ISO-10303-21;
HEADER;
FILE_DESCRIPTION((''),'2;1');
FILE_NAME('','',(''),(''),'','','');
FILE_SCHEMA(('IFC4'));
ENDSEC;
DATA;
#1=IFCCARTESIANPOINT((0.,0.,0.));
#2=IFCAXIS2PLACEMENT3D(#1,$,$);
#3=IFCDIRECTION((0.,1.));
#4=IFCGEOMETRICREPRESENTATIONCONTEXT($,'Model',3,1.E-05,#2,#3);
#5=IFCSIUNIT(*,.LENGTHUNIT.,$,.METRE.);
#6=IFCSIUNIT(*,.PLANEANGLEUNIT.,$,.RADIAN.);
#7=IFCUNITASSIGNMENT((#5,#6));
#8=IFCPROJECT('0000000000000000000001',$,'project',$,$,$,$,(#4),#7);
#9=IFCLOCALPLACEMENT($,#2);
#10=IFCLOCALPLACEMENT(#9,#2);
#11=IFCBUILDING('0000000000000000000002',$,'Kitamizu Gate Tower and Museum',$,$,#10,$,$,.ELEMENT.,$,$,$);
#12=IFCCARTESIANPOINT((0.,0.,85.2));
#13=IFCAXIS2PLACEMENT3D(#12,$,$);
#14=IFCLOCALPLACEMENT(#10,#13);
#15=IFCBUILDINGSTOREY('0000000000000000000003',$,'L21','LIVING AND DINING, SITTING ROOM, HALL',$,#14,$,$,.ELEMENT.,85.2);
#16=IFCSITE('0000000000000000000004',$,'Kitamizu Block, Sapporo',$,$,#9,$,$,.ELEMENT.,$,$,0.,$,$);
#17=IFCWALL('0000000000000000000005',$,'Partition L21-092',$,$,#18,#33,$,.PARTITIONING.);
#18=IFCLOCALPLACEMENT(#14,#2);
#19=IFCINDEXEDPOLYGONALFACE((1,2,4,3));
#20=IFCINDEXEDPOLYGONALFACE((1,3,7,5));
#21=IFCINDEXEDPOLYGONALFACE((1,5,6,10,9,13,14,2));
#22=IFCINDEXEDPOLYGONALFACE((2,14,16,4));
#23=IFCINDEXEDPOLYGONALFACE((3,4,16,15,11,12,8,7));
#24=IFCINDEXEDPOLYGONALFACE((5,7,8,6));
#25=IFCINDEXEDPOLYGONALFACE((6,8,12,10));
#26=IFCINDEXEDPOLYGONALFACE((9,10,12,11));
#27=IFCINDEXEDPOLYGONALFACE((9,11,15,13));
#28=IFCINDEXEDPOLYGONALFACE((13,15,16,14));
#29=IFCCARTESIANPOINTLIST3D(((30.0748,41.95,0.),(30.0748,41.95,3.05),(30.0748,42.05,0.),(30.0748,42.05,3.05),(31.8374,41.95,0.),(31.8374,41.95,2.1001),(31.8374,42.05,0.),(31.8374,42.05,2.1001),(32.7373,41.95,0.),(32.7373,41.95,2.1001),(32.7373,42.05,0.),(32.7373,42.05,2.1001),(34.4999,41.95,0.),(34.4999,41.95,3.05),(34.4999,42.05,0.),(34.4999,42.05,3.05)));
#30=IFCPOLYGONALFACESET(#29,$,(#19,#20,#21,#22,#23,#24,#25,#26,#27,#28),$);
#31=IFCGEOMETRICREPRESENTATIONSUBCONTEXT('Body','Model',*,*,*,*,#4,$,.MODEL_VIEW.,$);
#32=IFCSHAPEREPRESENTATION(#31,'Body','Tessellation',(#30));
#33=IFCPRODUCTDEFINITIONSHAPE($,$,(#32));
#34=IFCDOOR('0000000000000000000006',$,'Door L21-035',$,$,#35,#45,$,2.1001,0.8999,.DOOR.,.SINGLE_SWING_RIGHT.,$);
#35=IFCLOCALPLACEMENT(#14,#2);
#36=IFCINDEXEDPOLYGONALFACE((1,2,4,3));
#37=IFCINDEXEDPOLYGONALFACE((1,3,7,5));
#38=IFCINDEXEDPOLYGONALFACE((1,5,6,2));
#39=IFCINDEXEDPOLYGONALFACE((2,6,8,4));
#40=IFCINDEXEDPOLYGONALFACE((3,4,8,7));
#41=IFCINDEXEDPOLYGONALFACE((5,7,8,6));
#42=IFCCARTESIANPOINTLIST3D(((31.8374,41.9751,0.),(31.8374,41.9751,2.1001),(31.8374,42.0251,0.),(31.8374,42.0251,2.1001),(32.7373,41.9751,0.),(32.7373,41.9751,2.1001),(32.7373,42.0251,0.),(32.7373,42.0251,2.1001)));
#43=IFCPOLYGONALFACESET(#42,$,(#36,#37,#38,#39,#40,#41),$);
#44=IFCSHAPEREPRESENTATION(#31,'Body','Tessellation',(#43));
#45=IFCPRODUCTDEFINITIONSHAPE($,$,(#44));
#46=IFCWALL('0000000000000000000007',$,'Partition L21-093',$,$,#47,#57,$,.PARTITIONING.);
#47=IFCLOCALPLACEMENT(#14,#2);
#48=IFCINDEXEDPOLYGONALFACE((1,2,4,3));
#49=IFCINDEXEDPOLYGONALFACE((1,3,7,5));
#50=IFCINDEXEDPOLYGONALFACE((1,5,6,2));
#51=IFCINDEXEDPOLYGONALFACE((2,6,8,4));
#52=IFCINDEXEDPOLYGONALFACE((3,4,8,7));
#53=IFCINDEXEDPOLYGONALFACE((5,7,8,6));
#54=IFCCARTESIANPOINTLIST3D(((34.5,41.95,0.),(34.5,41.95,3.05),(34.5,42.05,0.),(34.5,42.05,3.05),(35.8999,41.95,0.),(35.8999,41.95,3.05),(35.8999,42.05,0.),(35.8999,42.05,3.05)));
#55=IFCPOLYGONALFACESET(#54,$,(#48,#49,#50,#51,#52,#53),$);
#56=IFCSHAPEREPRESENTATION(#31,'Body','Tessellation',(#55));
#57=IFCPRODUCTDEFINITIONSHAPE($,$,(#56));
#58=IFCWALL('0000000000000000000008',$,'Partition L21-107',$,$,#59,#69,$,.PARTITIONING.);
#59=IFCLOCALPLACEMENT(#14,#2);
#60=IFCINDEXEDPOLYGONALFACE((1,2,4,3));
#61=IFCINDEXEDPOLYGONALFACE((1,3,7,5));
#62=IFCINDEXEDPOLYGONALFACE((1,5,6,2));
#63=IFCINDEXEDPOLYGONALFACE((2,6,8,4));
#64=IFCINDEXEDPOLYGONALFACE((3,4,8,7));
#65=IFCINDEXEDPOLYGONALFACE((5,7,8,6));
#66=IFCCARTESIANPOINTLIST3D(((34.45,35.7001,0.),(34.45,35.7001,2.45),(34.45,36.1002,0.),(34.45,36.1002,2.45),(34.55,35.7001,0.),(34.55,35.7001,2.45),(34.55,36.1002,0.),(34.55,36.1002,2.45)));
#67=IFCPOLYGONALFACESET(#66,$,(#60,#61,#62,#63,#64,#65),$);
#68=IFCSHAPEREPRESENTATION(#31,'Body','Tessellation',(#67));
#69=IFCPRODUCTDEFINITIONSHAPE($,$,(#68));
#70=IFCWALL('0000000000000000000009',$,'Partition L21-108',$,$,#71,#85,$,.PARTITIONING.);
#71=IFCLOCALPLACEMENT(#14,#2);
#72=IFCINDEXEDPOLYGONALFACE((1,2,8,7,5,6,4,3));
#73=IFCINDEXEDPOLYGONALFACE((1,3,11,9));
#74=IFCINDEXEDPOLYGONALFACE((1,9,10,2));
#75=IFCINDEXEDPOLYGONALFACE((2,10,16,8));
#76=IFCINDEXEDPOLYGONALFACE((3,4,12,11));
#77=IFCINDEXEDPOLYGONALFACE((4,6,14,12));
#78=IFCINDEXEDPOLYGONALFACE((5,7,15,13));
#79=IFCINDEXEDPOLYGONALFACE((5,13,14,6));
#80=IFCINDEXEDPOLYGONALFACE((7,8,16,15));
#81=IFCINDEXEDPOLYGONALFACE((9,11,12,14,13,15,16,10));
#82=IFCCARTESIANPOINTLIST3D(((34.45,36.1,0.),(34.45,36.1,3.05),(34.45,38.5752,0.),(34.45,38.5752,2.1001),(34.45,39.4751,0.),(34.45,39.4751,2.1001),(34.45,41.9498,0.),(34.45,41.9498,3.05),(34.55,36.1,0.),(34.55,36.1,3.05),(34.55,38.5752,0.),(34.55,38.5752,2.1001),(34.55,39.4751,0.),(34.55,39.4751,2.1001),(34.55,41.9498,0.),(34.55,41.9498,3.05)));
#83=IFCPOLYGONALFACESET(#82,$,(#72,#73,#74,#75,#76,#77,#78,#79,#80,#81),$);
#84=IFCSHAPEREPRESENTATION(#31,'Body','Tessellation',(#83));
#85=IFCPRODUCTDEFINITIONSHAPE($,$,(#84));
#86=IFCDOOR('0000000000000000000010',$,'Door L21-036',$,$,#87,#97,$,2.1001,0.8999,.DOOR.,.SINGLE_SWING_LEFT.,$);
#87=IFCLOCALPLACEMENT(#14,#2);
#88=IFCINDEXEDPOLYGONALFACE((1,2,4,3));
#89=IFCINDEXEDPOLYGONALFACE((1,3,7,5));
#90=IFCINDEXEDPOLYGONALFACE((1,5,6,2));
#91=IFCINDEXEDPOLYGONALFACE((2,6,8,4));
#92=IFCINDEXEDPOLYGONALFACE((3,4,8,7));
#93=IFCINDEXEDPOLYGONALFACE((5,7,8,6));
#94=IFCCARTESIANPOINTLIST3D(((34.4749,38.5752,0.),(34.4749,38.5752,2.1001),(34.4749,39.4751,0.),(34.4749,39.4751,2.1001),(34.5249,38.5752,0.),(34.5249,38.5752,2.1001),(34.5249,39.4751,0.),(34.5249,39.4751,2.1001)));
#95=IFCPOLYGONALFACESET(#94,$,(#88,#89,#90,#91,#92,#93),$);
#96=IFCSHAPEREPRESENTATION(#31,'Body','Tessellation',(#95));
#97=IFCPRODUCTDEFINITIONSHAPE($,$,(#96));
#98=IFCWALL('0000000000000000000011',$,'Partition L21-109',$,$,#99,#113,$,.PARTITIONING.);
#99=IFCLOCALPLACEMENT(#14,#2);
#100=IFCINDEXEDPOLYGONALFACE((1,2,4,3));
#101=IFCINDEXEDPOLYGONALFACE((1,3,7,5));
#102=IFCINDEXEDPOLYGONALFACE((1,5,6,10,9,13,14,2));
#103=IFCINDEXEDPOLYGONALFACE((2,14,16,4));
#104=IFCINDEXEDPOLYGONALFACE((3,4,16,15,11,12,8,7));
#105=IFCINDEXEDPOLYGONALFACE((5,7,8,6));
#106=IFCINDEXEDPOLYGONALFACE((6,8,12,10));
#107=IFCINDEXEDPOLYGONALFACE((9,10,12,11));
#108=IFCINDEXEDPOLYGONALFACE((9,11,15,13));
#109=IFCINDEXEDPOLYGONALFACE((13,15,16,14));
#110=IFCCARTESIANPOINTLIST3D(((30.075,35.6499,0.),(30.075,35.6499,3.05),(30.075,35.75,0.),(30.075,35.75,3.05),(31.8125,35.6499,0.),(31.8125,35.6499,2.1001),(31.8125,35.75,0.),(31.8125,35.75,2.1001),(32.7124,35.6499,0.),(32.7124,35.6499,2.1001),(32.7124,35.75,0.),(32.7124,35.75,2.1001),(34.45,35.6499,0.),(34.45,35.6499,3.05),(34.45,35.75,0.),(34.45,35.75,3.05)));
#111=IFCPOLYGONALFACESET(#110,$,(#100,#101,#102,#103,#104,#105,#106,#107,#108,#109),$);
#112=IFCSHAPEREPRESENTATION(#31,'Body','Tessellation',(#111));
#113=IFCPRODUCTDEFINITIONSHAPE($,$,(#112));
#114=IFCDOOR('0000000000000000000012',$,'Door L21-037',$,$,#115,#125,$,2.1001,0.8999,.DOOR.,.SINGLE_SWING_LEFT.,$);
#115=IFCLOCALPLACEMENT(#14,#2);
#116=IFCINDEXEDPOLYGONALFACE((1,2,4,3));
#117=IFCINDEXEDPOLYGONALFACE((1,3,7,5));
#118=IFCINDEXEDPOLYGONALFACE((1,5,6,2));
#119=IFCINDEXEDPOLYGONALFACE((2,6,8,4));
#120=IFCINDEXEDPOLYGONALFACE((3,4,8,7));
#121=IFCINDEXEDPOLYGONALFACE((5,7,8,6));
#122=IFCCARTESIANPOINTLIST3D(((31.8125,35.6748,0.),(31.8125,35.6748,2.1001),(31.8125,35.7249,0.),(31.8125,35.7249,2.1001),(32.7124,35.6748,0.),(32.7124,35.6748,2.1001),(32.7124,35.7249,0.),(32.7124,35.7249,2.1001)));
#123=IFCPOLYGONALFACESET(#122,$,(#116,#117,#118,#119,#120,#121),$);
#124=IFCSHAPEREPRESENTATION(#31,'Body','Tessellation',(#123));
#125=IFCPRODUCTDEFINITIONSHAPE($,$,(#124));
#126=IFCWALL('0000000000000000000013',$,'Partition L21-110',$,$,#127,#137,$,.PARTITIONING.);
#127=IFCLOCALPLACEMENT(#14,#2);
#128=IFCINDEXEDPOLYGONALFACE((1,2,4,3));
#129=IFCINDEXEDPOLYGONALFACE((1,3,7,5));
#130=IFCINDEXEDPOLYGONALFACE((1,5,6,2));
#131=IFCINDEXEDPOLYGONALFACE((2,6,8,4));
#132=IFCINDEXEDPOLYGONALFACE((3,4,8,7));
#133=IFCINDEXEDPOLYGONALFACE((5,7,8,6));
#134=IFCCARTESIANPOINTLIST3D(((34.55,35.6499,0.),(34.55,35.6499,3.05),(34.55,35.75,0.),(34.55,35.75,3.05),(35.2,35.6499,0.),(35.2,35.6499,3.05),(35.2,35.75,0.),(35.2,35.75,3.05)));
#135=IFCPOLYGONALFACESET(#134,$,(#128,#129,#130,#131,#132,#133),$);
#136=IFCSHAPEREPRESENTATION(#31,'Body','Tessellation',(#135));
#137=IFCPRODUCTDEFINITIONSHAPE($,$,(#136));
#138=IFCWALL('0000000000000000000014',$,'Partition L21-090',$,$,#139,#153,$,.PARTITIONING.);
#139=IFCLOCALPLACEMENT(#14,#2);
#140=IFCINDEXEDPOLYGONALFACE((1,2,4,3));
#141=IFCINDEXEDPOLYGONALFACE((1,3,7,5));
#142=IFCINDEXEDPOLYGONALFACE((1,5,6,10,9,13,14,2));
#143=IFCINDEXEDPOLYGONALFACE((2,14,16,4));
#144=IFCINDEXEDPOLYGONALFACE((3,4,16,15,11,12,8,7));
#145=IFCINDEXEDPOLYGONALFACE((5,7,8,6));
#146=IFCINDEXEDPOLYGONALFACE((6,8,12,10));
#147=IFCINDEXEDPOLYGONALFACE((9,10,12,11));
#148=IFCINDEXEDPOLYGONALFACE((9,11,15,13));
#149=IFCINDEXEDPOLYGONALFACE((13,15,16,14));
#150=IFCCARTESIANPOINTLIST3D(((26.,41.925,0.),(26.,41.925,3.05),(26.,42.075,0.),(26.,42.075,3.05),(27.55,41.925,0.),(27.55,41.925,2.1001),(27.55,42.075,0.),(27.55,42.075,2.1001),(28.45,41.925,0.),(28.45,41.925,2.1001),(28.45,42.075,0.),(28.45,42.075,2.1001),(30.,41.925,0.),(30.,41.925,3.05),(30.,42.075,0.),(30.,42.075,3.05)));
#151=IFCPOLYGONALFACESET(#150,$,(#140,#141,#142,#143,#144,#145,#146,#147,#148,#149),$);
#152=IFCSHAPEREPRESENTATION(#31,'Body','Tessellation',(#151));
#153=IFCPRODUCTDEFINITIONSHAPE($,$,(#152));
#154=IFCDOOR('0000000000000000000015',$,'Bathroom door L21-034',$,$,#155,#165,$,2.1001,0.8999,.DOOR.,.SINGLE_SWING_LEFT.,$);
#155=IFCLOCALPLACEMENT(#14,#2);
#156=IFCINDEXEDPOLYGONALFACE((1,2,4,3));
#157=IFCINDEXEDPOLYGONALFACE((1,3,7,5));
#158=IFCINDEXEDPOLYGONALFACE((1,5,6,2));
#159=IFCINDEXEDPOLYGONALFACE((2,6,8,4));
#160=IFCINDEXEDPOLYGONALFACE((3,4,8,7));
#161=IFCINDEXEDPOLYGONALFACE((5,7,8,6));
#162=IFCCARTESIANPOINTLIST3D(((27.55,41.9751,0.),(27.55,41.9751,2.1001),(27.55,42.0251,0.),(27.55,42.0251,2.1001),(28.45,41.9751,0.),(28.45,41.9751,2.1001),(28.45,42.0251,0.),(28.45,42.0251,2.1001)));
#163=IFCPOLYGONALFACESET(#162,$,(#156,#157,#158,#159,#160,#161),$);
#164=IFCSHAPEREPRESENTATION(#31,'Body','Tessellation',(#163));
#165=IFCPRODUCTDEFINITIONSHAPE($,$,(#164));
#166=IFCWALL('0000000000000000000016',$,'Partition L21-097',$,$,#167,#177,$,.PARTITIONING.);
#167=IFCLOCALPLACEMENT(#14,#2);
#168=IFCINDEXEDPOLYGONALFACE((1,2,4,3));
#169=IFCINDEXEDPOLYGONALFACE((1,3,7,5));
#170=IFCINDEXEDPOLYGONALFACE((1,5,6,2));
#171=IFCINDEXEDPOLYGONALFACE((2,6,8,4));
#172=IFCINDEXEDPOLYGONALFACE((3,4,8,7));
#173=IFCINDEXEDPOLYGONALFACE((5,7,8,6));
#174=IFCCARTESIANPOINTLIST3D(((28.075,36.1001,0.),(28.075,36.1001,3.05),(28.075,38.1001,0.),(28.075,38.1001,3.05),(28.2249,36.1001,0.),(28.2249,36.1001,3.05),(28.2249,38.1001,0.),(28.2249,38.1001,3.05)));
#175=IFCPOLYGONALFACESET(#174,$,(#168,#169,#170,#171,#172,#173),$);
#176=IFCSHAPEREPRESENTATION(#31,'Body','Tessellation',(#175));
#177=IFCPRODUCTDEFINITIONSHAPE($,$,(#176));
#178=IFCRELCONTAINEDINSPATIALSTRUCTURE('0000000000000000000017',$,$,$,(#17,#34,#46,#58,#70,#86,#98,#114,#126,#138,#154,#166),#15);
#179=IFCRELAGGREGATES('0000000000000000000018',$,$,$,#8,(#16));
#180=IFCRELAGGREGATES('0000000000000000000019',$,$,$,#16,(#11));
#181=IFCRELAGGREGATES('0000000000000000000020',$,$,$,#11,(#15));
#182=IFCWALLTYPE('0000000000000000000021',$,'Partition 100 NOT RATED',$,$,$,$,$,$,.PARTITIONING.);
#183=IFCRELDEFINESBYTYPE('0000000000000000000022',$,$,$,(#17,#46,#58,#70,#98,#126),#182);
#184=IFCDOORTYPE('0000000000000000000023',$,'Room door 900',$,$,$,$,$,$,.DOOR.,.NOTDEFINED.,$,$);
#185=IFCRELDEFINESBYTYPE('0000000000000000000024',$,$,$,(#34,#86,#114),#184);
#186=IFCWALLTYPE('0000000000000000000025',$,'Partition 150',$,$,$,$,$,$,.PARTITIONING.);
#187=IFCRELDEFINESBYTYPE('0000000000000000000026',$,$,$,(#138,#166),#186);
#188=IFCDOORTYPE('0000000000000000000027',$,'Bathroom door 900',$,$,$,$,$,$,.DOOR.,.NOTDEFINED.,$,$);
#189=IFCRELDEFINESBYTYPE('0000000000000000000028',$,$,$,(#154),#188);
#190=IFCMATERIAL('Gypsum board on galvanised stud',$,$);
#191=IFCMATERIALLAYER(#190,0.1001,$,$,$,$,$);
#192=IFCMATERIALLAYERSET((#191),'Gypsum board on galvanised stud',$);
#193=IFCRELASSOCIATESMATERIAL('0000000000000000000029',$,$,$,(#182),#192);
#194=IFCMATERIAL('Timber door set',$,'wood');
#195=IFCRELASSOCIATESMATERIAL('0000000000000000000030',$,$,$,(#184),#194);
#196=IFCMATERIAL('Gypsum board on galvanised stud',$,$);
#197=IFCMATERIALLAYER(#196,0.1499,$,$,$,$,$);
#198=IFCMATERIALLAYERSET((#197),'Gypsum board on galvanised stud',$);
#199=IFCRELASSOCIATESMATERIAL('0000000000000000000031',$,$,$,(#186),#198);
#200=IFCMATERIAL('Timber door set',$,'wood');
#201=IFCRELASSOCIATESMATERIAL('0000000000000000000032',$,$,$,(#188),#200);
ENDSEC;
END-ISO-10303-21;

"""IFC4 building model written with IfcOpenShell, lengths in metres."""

from ifc_helpers import new_model, si_unit, direction, frame, frame_2d, origin, place, context, subcontext, project, spatial, rectangle, extrude, material, layer, layer_set, type_object, element, fill, save


model = new_model("IFC4")

# Units and contexts
model_context = context("Model", 3, precision=1e-05, world=origin(), true_north=direction((0.0, 1.0)))
body_context = subcontext(model_context, "Body", "Model", "MODEL_VIEW")
ifc_project = project(units=[si_unit("LENGTHUNIT", "METRE"), si_unit("PLANEANGLEUNIT", "RADIAN")], contexts=[model_context])

# Site, building, storey
site_placement = place(None, origin())
site = spatial("IfcSite", under=ifc_project, at=site_placement, Name="Kitamizu Block, Sapporo", CompositionType="ELEMENT", RefElevation=0.0)
building_placement = place(site_placement, origin())
building = spatial("IfcBuilding", under=site, at=building_placement, Name="Kitamizu Gate Tower and Museum", CompositionType="ELEMENT")
storey_placement = place(building_placement, frame((0.0, 0.0, 85.2)))
storey = spatial("IfcBuildingStorey", under=building, at=storey_placement, Name="L21", Description="LIVING AND DINING, SITTING ROOM, HALL", CompositionType="ELEMENT", Elevation=85.2)

# Wall, opening, door
ifc_material_1 = material(Name="Gypsum board on galvanised stud")
ifc_layer_1 = layer(ifc_material_1, 0.1001)
ifc_layer_set_1 = layer_set([ifc_layer_1], Name="Gypsum board on galvanised stud")
wall_type_1 = type_object("IfcWallType", Name="Partition 100 NOT RATED", PredefinedType="PARTITIONING", material=ifc_layer_set_1)
ifc_material_2 = material(Name="Timber door set", Category="wood")
door_type_1 = type_object("IfcDoorType", Name="Room door 900", OperationType="NOTDEFINED", PredefinedType="DOOR", material=ifc_material_2)
wall_1_placement = place(storey_placement, frame((30.075, 42.0, 0.0), z_axis=(0.0, 0.0, 1.0), x_axis=(1.0, 0.0, 0.0)))
wall_1 = element("IfcWall", 1, at=wall_1_placement, inside=storey, type_object=wall_type_1, Name="Partition L21-092", PredefinedType="PARTITIONING", context=body_context, shape_type="SweptSolid", body=[
    extrude(rectangle(XDim=4.425, YDim=0.1001, at=frame_2d((2.2124, 0.0))), origin(), (0.0, 0.0, 1.0), 3.05),
])
opening_1_placement = place(wall_1_placement, frame((1.7625, 0.0, 0.0)))
opening_1 = element("IfcOpeningElement", 2, at=opening_1_placement, cuts=wall_1, PredefinedType="OPENING", context=body_context, shape_type="SweptSolid", body=[
    extrude(rectangle(XDim=0.8999, YDim=2.1001, at=frame_2d((0.45, 1.05))), frame((0.0, 0.0601, 0.0), z_axis=(0.0, -1.0, 0.0), x_axis=(1.0, 0.0, 0.0)), (0.0, 0.0, 1.0), 0.1201),
])
door_1_placement = place(opening_1_placement, frame((0.8999, 0.0, 0.0), x_axis=(-1.0, 0.0, 0.0)))
door_1 = element("IfcDoor", 3, at=door_1_placement, inside=storey, type_object=door_type_1, Name="Door L21-035", OperationType="SINGLE_SWING_RIGHT", OverallHeight=2.1001, OverallWidth=0.8999, PredefinedType="DOOR", context=body_context, shape_type="SweptSolid", body=[
    extrude(rectangle(XDim=0.8999, YDim=2.1001, at=frame_2d((0.45, 1.05))), frame((0.0, 0.0249, 0.0), z_axis=(0.0, -1.0, 0.0), x_axis=(1.0, 0.0, 0.0)), (0.0, 0.0, 1.0), 0.05),
])
fill(opening_1, door_1)

# Walls
wall_2_placement = place(storey_placement, frame((34.5, 42.0, 0.0), z_axis=(0.0, 0.0, 1.0), x_axis=(1.0, 0.0, 0.0)))
element("IfcWall", 4, at=wall_2_placement, inside=storey, type_object=wall_type_1, Name="Partition L21-093", PredefinedType="PARTITIONING", context=body_context, shape_type="SweptSolid", body=[
    extrude(rectangle(XDim=1.3999, YDim=0.1001, at=frame_2d((0.7, 0.0))), origin(), (0.0, 0.0, 1.0), 3.05),
])
wall_3_placement = place(storey_placement, frame((34.5, 35.7, 0.0), z_axis=(0.0, 0.0, 1.0), x_axis=(0.0, 1.0, 0.0)))
element("IfcWall", 5, at=wall_3_placement, inside=storey, type_object=wall_type_1, Name="Partition L21-107", PredefinedType="PARTITIONING", context=body_context, shape_type="SweptSolid", body=[
    extrude(rectangle(XDim=0.4001, YDim=0.1001, at=frame_2d((0.2002, 0.0))), origin(), (0.0, 0.0, 1.0), 2.45),
])

# Walls, openings, doors
wall_4_placement = place(storey_placement, frame((34.5, 36.1001, 0.0), z_axis=(0.0, 0.0, 1.0), x_axis=(0.0, 1.0, 0.0)))
wall_4 = element("IfcWall", 6, at=wall_4_placement, inside=storey, type_object=wall_type_1, Name="Partition L21-108", PredefinedType="PARTITIONING", context=body_context, shape_type="SweptSolid", body=[
    extrude(rectangle(XDim=5.8499, YDim=0.1001, at=frame_2d((2.9248, 0.0))), origin(), (0.0, 0.0, 1.0), 3.05),
])
opening_2_placement = place(wall_4_placement, frame((2.4751, 0.0, 0.0)))
opening_2 = element("IfcOpeningElement", 7, at=opening_2_placement, cuts=wall_4, PredefinedType="OPENING", context=body_context, shape_type="SweptSolid", body=[
    extrude(rectangle(XDim=0.8999, YDim=2.1001, at=frame_2d((0.45, 1.05))), frame((0.0, 0.0601, 0.0), z_axis=(0.0, -1.0, 0.0), x_axis=(1.0, 0.0, 0.0)), (0.0, 0.0, 1.0), 0.1201),
])
door_2_placement = place(opening_2_placement, frame((0.8999, 0.0, 0.0), x_axis=(-1.0, 0.0, 0.0)))
door_2 = element("IfcDoor", 8, at=door_2_placement, inside=storey, type_object=door_type_1, Name="Door L21-036", OperationType="SINGLE_SWING_LEFT", OverallHeight=2.1001, OverallWidth=0.8999, PredefinedType="DOOR", context=body_context, shape_type="SweptSolid", body=[
    extrude(rectangle(XDim=0.8999, YDim=2.1001, at=frame_2d((0.45, 1.05))), frame((0.0, 0.0249, 0.0), z_axis=(0.0, -1.0, 0.0), x_axis=(1.0, 0.0, 0.0)), (0.0, 0.0, 1.0), 0.05),
])
fill(opening_2, door_2)
wall_5_placement = place(storey_placement, frame((30.075, 35.7, 0.0), z_axis=(0.0, 0.0, 1.0), x_axis=(1.0, 0.0, 0.0)))
wall_5 = element("IfcWall", 9, at=wall_5_placement, inside=storey, type_object=wall_type_1, Name="Partition L21-109", PredefinedType="PARTITIONING", context=body_context, shape_type="SweptSolid", body=[
    extrude(rectangle(XDim=4.375, YDim=0.1001, at=frame_2d((2.1875, 0.0))), origin(), (0.0, 0.0, 1.0), 3.05),
])
opening_3_placement = place(wall_5_placement, frame((1.7375, 0.0, 0.0)))
opening_3 = element("IfcOpeningElement", 10, at=opening_3_placement, cuts=wall_5, PredefinedType="OPENING", context=body_context, shape_type="SweptSolid", body=[
    extrude(rectangle(XDim=0.8999, YDim=2.1001, at=frame_2d((0.45, 1.05))), frame((0.0, 0.0601, 0.0), z_axis=(0.0, -1.0, 0.0), x_axis=(1.0, 0.0, 0.0)), (0.0, 0.0, 1.0), 0.1201),
])
door_3_placement = place(opening_3_placement, origin())
door_3 = element("IfcDoor", 11, at=door_3_placement, inside=storey, type_object=door_type_1, Name="Door L21-037", OperationType="SINGLE_SWING_LEFT", OverallHeight=2.1001, OverallWidth=0.8999, PredefinedType="DOOR", context=body_context, shape_type="SweptSolid", body=[
    extrude(rectangle(XDim=0.8999, YDim=2.1001, at=frame_2d((0.45, 1.05))), frame((0.0, 0.0249, 0.0), z_axis=(0.0, -1.0, 0.0), x_axis=(1.0, 0.0, 0.0)), (0.0, 0.0, 1.0), 0.05),
])
fill(opening_3, door_3)

# Wall
wall_6_placement = place(storey_placement, frame((34.55, 35.7, 0.0), z_axis=(0.0, 0.0, 1.0), x_axis=(1.0, 0.0, 0.0)))
element("IfcWall", 12, at=wall_6_placement, inside=storey, type_object=wall_type_1, Name="Partition L21-110", PredefinedType="PARTITIONING", context=body_context, shape_type="SweptSolid", body=[
    extrude(rectangle(XDim=0.6499, YDim=0.1001, at=frame_2d((0.325, 0.0))), origin(), (0.0, 0.0, 1.0), 3.05),
])

# Wall, opening, door
ifc_material_3 = material(Name="Gypsum board on galvanised stud")
ifc_layer_2 = layer(ifc_material_3, 0.1499)
ifc_layer_set_2 = layer_set([ifc_layer_2], Name="Gypsum board on galvanised stud")
wall_type_2 = type_object("IfcWallType", Name="Partition 150", PredefinedType="PARTITIONING", material=ifc_layer_set_2)
wall_7_placement = place(storey_placement, frame((26.0, 42.0, 0.0), z_axis=(0.0, 0.0, 1.0), x_axis=(1.0, 0.0, 0.0)))
wall_7 = element("IfcWall", 13, at=wall_7_placement, inside=storey, type_object=wall_type_2, Name="Partition L21-090", PredefinedType="PARTITIONING", context=body_context, shape_type="SweptSolid", body=[
    extrude(rectangle(XDim=4.0, YDim=0.1499, at=frame_2d((2.0, 0.0))), origin(), (0.0, 0.0, 1.0), 3.05),
])
opening_4_placement = place(wall_7_placement, frame((1.55, 0.0, 0.0)))
opening_4 = element("IfcOpeningElement", 14, at=opening_4_placement, cuts=wall_7, PredefinedType="OPENING", context=body_context, shape_type="SweptSolid", body=[
    extrude(rectangle(XDim=0.8999, YDim=2.1001, at=frame_2d((0.45, 1.05))), frame((0.0, 0.085, 0.0), z_axis=(0.0, -1.0, 0.0), x_axis=(1.0, 0.0, 0.0)), (0.0, 0.0, 1.0), 0.1699),
])
ifc_material_4 = material(Name="Timber door set", Category="wood")
door_type_2 = type_object("IfcDoorType", Name="Bathroom door 900", OperationType="NOTDEFINED", PredefinedType="DOOR", material=ifc_material_4)
door_4_placement = place(opening_4_placement, frame((0.8999, 0.0, 0.0), x_axis=(-1.0, 0.0, 0.0)))
door_4 = element("IfcDoor", 15, at=door_4_placement, inside=storey, type_object=door_type_2, Name="Bathroom door L21-034", OperationType="SINGLE_SWING_LEFT", OverallHeight=2.1001, OverallWidth=0.8999, PredefinedType="DOOR", context=body_context, shape_type="SweptSolid", body=[
    extrude(rectangle(XDim=0.8999, YDim=2.1001, at=frame_2d((0.45, 1.05))), frame((0.0, 0.0249, 0.0), z_axis=(0.0, -1.0, 0.0), x_axis=(1.0, 0.0, 0.0)), (0.0, 0.0, 1.0), 0.05),
])
fill(opening_4, door_4)

# Wall
wall_8_placement = place(storey_placement, frame((28.1499, 36.1001, 0.0), z_axis=(0.0, 0.0, 1.0), x_axis=(0.0, 1.0, 0.0)))
element("IfcWall", 16, at=wall_8_placement, inside=storey, type_object=wall_type_2, Name="Partition L21-097", PredefinedType="PARTITIONING", context=body_context, shape_type="SweptSolid", body=[
    extrude(rectangle(XDim=2.0, YDim=0.1499, at=frame_2d((1.0, 0.0))), origin(), (0.0, 0.0, 1.0), 3.05),
])

save(model, "model.ifc")
